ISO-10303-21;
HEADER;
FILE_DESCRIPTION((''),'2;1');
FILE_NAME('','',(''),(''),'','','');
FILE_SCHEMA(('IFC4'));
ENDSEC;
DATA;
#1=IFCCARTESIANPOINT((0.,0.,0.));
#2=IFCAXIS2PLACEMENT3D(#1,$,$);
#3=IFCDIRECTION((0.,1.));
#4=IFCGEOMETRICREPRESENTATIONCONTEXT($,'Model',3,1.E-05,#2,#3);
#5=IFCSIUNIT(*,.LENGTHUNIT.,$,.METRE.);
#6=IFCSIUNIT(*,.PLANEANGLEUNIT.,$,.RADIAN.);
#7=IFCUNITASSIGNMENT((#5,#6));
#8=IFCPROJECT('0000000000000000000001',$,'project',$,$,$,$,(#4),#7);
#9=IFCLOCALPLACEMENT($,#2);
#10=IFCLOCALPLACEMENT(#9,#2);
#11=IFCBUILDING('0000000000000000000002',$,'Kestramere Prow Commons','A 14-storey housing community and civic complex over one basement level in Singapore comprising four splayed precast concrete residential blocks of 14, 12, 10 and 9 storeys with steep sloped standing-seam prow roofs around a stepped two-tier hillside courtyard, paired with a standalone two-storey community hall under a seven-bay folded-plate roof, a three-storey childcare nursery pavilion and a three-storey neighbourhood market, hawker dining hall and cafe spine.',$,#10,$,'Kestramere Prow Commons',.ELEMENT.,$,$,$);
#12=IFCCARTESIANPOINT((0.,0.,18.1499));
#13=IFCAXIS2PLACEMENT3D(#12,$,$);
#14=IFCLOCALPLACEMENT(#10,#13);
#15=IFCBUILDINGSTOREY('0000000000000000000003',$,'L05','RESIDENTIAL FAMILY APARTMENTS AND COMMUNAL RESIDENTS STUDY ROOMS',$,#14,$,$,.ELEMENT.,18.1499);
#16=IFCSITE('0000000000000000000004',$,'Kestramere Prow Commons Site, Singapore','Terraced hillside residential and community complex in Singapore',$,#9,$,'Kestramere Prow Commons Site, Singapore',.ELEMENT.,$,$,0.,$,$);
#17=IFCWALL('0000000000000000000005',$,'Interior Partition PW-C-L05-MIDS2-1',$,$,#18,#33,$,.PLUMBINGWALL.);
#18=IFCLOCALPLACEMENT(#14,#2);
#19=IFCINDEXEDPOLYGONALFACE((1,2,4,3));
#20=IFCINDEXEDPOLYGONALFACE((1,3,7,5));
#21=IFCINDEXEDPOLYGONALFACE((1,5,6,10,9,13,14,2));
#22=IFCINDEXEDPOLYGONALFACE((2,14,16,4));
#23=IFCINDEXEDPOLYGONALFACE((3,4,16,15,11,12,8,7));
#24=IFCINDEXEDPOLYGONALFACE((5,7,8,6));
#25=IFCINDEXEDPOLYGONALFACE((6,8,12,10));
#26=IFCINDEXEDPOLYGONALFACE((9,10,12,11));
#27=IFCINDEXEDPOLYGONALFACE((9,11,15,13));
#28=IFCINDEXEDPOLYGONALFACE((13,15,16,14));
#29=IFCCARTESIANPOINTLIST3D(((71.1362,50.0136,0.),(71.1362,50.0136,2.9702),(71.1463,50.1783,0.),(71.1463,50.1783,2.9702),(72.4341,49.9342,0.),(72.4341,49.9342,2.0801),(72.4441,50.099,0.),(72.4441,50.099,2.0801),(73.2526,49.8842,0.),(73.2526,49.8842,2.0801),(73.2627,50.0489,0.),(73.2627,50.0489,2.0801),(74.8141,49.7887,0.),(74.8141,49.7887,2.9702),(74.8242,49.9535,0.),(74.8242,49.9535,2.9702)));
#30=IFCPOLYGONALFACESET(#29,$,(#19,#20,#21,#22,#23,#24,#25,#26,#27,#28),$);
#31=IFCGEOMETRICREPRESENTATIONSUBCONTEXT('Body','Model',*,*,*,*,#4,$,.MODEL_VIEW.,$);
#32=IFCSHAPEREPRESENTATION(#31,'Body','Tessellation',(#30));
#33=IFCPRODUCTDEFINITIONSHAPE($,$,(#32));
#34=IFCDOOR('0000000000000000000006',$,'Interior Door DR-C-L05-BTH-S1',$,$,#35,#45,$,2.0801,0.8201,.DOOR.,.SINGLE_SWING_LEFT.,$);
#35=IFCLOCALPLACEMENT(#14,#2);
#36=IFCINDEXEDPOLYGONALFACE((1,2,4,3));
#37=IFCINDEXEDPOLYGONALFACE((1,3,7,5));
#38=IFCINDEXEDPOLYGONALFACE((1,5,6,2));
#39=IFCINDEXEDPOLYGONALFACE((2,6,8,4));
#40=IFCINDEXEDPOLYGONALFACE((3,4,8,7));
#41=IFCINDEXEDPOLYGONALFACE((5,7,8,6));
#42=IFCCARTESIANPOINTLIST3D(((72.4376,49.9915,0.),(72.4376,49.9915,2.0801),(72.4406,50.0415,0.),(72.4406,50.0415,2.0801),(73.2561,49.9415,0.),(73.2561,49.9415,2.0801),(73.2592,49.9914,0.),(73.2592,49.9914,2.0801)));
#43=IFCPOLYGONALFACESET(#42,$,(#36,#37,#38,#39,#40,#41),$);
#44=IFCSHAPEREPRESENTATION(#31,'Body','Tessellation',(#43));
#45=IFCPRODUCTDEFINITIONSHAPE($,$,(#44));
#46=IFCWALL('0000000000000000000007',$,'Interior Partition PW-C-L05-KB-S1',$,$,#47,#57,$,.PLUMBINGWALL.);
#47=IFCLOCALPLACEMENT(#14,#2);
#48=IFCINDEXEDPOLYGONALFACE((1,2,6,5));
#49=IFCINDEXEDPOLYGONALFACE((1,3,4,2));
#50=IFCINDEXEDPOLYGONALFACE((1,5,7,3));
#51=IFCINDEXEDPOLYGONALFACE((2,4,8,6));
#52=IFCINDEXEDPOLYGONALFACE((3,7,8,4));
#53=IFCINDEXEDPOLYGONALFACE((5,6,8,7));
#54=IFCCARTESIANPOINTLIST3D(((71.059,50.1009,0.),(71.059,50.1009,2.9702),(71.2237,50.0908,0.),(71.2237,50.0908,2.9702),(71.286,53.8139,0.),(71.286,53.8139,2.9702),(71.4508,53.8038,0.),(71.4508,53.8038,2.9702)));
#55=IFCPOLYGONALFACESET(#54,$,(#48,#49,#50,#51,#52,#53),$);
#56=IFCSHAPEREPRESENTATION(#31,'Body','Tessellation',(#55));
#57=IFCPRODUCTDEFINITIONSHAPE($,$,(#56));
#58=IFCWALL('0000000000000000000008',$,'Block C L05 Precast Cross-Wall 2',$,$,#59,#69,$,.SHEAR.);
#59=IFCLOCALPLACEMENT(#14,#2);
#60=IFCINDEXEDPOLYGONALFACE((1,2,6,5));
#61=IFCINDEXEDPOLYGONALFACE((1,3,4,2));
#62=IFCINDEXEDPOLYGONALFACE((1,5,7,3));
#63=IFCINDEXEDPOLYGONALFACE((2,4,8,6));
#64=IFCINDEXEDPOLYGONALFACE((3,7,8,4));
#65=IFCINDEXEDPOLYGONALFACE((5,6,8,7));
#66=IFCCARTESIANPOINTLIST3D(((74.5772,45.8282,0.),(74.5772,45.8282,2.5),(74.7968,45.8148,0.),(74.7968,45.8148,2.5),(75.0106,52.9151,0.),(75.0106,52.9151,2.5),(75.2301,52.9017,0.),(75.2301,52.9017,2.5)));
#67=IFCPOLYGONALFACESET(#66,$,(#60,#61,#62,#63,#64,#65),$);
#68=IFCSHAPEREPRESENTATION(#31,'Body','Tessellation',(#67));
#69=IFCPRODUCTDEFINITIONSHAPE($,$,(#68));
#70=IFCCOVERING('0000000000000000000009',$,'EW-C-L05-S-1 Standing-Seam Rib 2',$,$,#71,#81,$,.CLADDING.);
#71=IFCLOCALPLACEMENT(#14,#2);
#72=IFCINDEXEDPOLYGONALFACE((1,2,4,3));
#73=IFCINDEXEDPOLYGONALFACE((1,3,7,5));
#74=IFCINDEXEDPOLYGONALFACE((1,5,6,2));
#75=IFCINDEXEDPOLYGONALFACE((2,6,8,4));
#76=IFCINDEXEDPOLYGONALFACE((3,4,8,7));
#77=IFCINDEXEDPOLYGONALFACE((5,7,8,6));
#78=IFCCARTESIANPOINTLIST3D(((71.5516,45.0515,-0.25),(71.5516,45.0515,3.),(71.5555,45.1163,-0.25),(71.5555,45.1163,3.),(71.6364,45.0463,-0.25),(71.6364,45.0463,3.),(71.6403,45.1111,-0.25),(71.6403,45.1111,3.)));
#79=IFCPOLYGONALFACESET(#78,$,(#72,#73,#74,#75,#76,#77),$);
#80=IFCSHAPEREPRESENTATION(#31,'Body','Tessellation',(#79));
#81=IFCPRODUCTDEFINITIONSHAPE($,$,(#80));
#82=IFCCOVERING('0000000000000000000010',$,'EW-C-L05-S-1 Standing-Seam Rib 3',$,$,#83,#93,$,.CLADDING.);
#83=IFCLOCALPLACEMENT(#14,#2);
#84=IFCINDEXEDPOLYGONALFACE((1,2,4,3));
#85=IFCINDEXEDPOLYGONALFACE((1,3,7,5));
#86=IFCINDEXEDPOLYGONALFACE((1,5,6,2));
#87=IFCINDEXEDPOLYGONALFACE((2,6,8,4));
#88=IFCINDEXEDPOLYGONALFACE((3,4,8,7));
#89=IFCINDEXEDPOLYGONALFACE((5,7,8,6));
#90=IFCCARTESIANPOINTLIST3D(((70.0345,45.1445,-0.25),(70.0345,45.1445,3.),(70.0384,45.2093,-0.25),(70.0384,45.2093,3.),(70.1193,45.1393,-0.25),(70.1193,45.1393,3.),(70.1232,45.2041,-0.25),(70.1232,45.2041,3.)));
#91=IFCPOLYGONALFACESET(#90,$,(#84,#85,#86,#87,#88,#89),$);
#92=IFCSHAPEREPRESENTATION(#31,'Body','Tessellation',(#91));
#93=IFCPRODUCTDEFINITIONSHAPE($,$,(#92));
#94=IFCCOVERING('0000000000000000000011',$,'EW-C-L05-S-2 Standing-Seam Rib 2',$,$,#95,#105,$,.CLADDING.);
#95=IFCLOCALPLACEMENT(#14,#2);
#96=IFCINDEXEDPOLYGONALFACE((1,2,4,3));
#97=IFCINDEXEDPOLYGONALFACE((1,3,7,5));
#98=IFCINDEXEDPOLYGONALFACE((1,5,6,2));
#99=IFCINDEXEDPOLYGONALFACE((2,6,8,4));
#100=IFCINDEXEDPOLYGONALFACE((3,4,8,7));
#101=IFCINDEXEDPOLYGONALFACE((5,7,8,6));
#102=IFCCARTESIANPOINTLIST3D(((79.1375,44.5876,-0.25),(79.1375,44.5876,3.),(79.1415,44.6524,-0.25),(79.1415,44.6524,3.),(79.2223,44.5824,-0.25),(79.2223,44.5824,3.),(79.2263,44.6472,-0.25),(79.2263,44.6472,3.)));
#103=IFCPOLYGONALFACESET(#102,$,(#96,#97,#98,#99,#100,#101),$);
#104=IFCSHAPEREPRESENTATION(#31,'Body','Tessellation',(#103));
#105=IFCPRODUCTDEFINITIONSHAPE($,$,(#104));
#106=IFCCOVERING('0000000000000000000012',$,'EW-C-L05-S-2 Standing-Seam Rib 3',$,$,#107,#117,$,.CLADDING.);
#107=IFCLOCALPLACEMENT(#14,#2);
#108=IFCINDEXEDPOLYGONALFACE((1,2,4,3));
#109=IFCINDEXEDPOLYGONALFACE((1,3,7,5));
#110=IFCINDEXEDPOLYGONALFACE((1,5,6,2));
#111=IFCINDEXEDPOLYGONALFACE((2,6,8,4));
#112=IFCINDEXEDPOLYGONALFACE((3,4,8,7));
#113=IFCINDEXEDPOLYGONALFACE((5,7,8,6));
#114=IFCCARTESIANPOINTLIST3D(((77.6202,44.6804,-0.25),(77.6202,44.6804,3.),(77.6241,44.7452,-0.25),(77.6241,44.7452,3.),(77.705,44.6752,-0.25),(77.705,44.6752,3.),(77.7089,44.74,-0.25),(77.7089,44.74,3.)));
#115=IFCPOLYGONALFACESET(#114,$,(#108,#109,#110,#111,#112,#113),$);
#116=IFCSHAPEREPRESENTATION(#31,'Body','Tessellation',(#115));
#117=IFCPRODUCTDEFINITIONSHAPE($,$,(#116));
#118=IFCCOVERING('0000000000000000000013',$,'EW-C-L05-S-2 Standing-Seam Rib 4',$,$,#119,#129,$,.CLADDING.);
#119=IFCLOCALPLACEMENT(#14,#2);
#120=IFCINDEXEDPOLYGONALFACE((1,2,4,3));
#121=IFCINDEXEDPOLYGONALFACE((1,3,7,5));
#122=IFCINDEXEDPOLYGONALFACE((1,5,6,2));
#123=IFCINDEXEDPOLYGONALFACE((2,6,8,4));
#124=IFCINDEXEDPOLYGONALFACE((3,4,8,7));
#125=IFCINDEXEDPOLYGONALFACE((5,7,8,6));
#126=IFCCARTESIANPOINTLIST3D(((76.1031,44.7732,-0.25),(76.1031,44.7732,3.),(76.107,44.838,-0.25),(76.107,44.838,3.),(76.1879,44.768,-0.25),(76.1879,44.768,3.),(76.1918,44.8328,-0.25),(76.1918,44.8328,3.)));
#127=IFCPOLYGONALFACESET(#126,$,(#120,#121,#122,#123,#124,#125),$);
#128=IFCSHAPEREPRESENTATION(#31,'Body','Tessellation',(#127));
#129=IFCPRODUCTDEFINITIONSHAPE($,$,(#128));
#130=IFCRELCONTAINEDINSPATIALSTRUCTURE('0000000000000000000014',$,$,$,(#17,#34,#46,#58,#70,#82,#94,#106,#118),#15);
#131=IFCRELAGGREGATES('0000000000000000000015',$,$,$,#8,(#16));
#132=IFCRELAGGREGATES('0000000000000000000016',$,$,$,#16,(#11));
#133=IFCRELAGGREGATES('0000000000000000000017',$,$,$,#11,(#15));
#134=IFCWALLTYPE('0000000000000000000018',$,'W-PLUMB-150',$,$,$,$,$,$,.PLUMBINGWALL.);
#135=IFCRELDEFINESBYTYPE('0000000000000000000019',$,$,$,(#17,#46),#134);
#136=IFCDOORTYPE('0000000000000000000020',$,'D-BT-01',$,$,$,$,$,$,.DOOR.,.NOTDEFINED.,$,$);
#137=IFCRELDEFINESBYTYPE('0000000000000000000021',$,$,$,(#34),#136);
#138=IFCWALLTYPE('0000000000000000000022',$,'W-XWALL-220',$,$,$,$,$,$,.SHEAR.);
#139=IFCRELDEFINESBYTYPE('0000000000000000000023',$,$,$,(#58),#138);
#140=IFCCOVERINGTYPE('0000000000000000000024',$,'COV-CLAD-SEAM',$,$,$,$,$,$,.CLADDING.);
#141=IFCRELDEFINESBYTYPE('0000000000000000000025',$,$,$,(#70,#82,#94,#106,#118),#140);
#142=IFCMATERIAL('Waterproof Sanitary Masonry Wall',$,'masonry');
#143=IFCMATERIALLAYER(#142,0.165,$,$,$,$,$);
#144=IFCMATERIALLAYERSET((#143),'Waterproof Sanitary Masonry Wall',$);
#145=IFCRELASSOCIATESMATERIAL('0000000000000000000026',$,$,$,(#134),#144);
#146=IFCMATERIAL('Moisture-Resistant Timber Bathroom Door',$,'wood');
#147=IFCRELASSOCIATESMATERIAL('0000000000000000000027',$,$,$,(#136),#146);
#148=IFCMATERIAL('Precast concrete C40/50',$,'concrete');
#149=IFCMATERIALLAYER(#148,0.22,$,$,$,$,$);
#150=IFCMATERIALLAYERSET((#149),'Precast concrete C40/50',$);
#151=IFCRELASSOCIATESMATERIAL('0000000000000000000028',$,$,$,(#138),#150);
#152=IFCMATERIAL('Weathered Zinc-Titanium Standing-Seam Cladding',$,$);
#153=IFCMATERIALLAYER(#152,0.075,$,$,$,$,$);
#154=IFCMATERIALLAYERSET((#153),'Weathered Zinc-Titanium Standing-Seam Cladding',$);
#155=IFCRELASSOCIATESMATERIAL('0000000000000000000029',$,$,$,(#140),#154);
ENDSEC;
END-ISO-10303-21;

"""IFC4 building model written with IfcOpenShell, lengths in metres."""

from ifc_helpers import new_model, si_unit, direction, frame, frame_2d, origin, origin_2d, place, context, subcontext, project, spatial, rectangle, extrude, material, layer, layer_set, type_object, element, fill, save


model = new_model("IFC4")

# Units and contexts
model_context = context("Model", 3, precision=1e-05, world=origin(), true_north=direction((0.0, 1.0)))
body_context = subcontext(model_context, "Body", "Model", "MODEL_VIEW")
ifc_project = project(units=[si_unit("LENGTHUNIT", "METRE"), si_unit("PLANEANGLEUNIT", "RADIAN")], contexts=[model_context])

# Site, building, storey
site_placement = place(None, origin())
site = spatial("IfcSite", under=ifc_project, at=site_placement, Name="Kestramere Prow Commons Site, Singapore", Description="Terraced hillside residential and community complex in Singapore", LongName="Kestramere Prow Commons Site, Singapore", CompositionType="ELEMENT", RefElevation=0.0)
building_placement = place(site_placement, origin())
building = spatial("IfcBuilding", under=site, at=building_placement, Name="Kestramere Prow Commons", Description="A 14-storey housing community and civic complex over one basement level in Singapore comprising four splayed precast concrete residential blocks of 14, 12, 10 and 9 storeys with steep sloped standing-seam prow roofs around a stepped two-tier hillside courtyard, paired with a standalone two-storey community hall under a seven-bay folded-plate roof, a three-storey childcare nursery pavilion and a three-storey neighbourhood market, hawker dining hall and cafe spine.", LongName="Kestramere Prow Commons", CompositionType="ELEMENT")
storey_placement = place(building_placement, frame((0.0, 0.0, 18.1499)))
storey = spatial("IfcBuildingStorey", under=building, at=storey_placement, Name="L05", Description="RESIDENTIAL FAMILY APARTMENTS AND COMMUNAL RESIDENTS STUDY ROOMS", CompositionType="ELEMENT", Elevation=18.1499)

# Shared definitions
ifc_material_1 = material(Name="Precast concrete C40/50", Category="concrete")

# Wall, opening, door
ifc_material_2 = material(Name="Waterproof Sanitary Masonry Wall", Category="masonry")
ifc_layer_1 = layer(ifc_material_2, 0.165)
ifc_layer_set_1 = layer_set([ifc_layer_1], Name="Waterproof Sanitary Masonry Wall")
wall_type_1 = type_object("IfcWallType", Name="W-PLUMB-150", PredefinedType="PLUMBINGWALL", material=ifc_layer_set_1)
wall_1_placement = place(storey_placement, frame((71.1414, 50.0959, 0.0), z_axis=(0.0, 0.0, 1.0), x_axis=(0.998136, -0.061021, 0.0)))
wall_1 = element("IfcWall", 1, at=wall_1_placement, inside=storey, type_object=wall_type_1, Name="Interior Partition PW-C-L05-MIDS2-1", PredefinedType="PLUMBINGWALL", context=body_context, shape_type="SweptSolid", body=[
    extrude(rectangle(XDim=3.6848, YDim=0.165, at=frame_2d((1.8423, 0.0))), origin(), (0.0, 0.0, 1.0), 2.9702),
])
opening_1_placement = place(wall_1_placement, frame((1.3, 0.0, 0.0)))
opening_1 = element("IfcOpeningElement", 2, at=opening_1_placement, cuts=wall_1, PredefinedType="OPENING", context=body_context, shape_type="SweptSolid", body=[
    extrude(rectangle(XDim=0.8201, YDim=2.0801, at=frame_2d((0.4102, 1.04))), frame((0.0, 0.0974, 0.0), z_axis=(0.0, -1.0, 0.0), x_axis=(1.0, 0.0, 0.0)), (0.0, 0.0, 1.0), 0.1951),
])
ifc_material_3 = material(Name="Moisture-Resistant Timber Bathroom Door", Category="wood")
door_type_1 = type_object("IfcDoorType", Name="D-BT-01", OperationType="NOTDEFINED", PredefinedType="DOOR", material=ifc_material_3)
door_1_placement = place(opening_1_placement, origin())
door_1 = element("IfcDoor", 3, at=door_1_placement, inside=storey, type_object=door_type_1, Name="Interior Door DR-C-L05-BTH-S1", OperationType="SINGLE_SWING_LEFT", OverallHeight=2.0801, OverallWidth=0.8201, PredefinedType="DOOR", context=body_context, shape_type="SweptSolid", body=[
    extrude(rectangle(XDim=0.8201, YDim=2.0801, at=frame_2d((0.4102, 1.04))), frame((0.0, 0.0249, 0.0), z_axis=(0.0, -1.0, 0.0), x_axis=(1.0, 0.0, 0.0)), (0.0, 0.0, 1.0), 0.05),
])
fill(opening_1, door_1)

# Walls
wall_2_placement = place(storey_placement, frame((71.1414, 50.0959, 0.0), z_axis=(0.0, 0.0, 1.0), x_axis=(0.061034, 0.998136, 0.0)))
element("IfcWall", 4, at=wall_2_placement, inside=storey, type_object=wall_type_1, Name="Interior Partition PW-C-L05-KB-S1", PredefinedType="PLUMBINGWALL", context=body_context, shape_type="SweptSolid", body=[
    extrude(rectangle(XDim=3.72, YDim=0.165, at=frame_2d((1.8599, 0.0))), origin(), (0.0, 0.0, 1.0), 2.9702),
])
ifc_layer_2 = layer(ifc_material_1, 0.22)
ifc_layer_set_2 = layer_set([ifc_layer_2], Name="Precast concrete C40/50")
wall_type_2 = type_object("IfcWallType", Name="W-XWALL-220", PredefinedType="SHEAR", material=ifc_layer_set_2)
wall_3_placement = place(storey_placement, frame((74.687, 45.8215, 0.0), z_axis=(0.0, 0.0, 1.0), x_axis=(0.061034, 0.998136, 0.0)))
element("IfcWall", 5, at=wall_3_placement, inside=storey, type_object=wall_type_2, Name="Block C L05 Precast Cross-Wall 2", PredefinedType="SHEAR", context=body_context, shape_type="SweptSolid", body=[
    extrude(rectangle(XDim=7.1001, YDim=0.22, at=frame_2d((3.55, 0.0))), origin(), (0.0, 0.0, 1.0), 2.5),
])

# Coverings
ifc_material_4 = material(Name="Weathered Zinc-Titanium Standing-Seam Cladding")
ifc_layer_3 = layer(ifc_material_4, 0.075)
ifc_layer_set_3 = layer_set([ifc_layer_3], Name="Weathered Zinc-Titanium Standing-Seam Cladding")
covering_type = type_object("IfcCoveringType", Name="COV-CLAD-SEAM", PredefinedType="CLADDING", material=ifc_layer_set_3)
for number, where, z_axis, x_axis, name in (
    (6, (71.5959, 45.0813, -0.25), (0.0, 0.0, 1.0), (-0.998135, 0.061049, 0.0), "EW-C-L05-S-1 Standing-Seam Rib 2"),
    (7, (70.0789, 45.1743, -0.25), (0.0, 0.0, 1.0), (-0.998135, 0.061049, 0.0), "EW-C-L05-S-1 Standing-Seam Rib 3"),
    (8, (79.1819, 44.6174, -0.25), (0.0, 0.0, 1.0), (-0.998135, 0.061049, 0.0), "EW-C-L05-S-2 Standing-Seam Rib 2"),
    (9, (77.6646, 44.7102, -0.25), (0.0, 0.0, 1.0), (-0.998135, 0.061049, 0.0), "EW-C-L05-S-2 Standing-Seam Rib 3"),
    (10, (76.1475, 44.803, -0.25), (0.0, 0.0, 1.0), (-0.998135, 0.061049, 0.0), "EW-C-L05-S-2 Standing-Seam Rib 4"),
):
    element("IfcCovering", number, at=place(storey_placement, frame(where, z_axis=z_axis, x_axis=x_axis)), inside=storey, type_object=covering_type, Name=name, PredefinedType="CLADDING", context=body_context, shape_type="SweptSolid", body=[
        extrude(rectangle(XDim=0.085, YDim=0.0649, at=origin_2d()), origin(), (0.0, 0.0, 1.0), 3.25),
    ])

save(model, "model.ifc")
